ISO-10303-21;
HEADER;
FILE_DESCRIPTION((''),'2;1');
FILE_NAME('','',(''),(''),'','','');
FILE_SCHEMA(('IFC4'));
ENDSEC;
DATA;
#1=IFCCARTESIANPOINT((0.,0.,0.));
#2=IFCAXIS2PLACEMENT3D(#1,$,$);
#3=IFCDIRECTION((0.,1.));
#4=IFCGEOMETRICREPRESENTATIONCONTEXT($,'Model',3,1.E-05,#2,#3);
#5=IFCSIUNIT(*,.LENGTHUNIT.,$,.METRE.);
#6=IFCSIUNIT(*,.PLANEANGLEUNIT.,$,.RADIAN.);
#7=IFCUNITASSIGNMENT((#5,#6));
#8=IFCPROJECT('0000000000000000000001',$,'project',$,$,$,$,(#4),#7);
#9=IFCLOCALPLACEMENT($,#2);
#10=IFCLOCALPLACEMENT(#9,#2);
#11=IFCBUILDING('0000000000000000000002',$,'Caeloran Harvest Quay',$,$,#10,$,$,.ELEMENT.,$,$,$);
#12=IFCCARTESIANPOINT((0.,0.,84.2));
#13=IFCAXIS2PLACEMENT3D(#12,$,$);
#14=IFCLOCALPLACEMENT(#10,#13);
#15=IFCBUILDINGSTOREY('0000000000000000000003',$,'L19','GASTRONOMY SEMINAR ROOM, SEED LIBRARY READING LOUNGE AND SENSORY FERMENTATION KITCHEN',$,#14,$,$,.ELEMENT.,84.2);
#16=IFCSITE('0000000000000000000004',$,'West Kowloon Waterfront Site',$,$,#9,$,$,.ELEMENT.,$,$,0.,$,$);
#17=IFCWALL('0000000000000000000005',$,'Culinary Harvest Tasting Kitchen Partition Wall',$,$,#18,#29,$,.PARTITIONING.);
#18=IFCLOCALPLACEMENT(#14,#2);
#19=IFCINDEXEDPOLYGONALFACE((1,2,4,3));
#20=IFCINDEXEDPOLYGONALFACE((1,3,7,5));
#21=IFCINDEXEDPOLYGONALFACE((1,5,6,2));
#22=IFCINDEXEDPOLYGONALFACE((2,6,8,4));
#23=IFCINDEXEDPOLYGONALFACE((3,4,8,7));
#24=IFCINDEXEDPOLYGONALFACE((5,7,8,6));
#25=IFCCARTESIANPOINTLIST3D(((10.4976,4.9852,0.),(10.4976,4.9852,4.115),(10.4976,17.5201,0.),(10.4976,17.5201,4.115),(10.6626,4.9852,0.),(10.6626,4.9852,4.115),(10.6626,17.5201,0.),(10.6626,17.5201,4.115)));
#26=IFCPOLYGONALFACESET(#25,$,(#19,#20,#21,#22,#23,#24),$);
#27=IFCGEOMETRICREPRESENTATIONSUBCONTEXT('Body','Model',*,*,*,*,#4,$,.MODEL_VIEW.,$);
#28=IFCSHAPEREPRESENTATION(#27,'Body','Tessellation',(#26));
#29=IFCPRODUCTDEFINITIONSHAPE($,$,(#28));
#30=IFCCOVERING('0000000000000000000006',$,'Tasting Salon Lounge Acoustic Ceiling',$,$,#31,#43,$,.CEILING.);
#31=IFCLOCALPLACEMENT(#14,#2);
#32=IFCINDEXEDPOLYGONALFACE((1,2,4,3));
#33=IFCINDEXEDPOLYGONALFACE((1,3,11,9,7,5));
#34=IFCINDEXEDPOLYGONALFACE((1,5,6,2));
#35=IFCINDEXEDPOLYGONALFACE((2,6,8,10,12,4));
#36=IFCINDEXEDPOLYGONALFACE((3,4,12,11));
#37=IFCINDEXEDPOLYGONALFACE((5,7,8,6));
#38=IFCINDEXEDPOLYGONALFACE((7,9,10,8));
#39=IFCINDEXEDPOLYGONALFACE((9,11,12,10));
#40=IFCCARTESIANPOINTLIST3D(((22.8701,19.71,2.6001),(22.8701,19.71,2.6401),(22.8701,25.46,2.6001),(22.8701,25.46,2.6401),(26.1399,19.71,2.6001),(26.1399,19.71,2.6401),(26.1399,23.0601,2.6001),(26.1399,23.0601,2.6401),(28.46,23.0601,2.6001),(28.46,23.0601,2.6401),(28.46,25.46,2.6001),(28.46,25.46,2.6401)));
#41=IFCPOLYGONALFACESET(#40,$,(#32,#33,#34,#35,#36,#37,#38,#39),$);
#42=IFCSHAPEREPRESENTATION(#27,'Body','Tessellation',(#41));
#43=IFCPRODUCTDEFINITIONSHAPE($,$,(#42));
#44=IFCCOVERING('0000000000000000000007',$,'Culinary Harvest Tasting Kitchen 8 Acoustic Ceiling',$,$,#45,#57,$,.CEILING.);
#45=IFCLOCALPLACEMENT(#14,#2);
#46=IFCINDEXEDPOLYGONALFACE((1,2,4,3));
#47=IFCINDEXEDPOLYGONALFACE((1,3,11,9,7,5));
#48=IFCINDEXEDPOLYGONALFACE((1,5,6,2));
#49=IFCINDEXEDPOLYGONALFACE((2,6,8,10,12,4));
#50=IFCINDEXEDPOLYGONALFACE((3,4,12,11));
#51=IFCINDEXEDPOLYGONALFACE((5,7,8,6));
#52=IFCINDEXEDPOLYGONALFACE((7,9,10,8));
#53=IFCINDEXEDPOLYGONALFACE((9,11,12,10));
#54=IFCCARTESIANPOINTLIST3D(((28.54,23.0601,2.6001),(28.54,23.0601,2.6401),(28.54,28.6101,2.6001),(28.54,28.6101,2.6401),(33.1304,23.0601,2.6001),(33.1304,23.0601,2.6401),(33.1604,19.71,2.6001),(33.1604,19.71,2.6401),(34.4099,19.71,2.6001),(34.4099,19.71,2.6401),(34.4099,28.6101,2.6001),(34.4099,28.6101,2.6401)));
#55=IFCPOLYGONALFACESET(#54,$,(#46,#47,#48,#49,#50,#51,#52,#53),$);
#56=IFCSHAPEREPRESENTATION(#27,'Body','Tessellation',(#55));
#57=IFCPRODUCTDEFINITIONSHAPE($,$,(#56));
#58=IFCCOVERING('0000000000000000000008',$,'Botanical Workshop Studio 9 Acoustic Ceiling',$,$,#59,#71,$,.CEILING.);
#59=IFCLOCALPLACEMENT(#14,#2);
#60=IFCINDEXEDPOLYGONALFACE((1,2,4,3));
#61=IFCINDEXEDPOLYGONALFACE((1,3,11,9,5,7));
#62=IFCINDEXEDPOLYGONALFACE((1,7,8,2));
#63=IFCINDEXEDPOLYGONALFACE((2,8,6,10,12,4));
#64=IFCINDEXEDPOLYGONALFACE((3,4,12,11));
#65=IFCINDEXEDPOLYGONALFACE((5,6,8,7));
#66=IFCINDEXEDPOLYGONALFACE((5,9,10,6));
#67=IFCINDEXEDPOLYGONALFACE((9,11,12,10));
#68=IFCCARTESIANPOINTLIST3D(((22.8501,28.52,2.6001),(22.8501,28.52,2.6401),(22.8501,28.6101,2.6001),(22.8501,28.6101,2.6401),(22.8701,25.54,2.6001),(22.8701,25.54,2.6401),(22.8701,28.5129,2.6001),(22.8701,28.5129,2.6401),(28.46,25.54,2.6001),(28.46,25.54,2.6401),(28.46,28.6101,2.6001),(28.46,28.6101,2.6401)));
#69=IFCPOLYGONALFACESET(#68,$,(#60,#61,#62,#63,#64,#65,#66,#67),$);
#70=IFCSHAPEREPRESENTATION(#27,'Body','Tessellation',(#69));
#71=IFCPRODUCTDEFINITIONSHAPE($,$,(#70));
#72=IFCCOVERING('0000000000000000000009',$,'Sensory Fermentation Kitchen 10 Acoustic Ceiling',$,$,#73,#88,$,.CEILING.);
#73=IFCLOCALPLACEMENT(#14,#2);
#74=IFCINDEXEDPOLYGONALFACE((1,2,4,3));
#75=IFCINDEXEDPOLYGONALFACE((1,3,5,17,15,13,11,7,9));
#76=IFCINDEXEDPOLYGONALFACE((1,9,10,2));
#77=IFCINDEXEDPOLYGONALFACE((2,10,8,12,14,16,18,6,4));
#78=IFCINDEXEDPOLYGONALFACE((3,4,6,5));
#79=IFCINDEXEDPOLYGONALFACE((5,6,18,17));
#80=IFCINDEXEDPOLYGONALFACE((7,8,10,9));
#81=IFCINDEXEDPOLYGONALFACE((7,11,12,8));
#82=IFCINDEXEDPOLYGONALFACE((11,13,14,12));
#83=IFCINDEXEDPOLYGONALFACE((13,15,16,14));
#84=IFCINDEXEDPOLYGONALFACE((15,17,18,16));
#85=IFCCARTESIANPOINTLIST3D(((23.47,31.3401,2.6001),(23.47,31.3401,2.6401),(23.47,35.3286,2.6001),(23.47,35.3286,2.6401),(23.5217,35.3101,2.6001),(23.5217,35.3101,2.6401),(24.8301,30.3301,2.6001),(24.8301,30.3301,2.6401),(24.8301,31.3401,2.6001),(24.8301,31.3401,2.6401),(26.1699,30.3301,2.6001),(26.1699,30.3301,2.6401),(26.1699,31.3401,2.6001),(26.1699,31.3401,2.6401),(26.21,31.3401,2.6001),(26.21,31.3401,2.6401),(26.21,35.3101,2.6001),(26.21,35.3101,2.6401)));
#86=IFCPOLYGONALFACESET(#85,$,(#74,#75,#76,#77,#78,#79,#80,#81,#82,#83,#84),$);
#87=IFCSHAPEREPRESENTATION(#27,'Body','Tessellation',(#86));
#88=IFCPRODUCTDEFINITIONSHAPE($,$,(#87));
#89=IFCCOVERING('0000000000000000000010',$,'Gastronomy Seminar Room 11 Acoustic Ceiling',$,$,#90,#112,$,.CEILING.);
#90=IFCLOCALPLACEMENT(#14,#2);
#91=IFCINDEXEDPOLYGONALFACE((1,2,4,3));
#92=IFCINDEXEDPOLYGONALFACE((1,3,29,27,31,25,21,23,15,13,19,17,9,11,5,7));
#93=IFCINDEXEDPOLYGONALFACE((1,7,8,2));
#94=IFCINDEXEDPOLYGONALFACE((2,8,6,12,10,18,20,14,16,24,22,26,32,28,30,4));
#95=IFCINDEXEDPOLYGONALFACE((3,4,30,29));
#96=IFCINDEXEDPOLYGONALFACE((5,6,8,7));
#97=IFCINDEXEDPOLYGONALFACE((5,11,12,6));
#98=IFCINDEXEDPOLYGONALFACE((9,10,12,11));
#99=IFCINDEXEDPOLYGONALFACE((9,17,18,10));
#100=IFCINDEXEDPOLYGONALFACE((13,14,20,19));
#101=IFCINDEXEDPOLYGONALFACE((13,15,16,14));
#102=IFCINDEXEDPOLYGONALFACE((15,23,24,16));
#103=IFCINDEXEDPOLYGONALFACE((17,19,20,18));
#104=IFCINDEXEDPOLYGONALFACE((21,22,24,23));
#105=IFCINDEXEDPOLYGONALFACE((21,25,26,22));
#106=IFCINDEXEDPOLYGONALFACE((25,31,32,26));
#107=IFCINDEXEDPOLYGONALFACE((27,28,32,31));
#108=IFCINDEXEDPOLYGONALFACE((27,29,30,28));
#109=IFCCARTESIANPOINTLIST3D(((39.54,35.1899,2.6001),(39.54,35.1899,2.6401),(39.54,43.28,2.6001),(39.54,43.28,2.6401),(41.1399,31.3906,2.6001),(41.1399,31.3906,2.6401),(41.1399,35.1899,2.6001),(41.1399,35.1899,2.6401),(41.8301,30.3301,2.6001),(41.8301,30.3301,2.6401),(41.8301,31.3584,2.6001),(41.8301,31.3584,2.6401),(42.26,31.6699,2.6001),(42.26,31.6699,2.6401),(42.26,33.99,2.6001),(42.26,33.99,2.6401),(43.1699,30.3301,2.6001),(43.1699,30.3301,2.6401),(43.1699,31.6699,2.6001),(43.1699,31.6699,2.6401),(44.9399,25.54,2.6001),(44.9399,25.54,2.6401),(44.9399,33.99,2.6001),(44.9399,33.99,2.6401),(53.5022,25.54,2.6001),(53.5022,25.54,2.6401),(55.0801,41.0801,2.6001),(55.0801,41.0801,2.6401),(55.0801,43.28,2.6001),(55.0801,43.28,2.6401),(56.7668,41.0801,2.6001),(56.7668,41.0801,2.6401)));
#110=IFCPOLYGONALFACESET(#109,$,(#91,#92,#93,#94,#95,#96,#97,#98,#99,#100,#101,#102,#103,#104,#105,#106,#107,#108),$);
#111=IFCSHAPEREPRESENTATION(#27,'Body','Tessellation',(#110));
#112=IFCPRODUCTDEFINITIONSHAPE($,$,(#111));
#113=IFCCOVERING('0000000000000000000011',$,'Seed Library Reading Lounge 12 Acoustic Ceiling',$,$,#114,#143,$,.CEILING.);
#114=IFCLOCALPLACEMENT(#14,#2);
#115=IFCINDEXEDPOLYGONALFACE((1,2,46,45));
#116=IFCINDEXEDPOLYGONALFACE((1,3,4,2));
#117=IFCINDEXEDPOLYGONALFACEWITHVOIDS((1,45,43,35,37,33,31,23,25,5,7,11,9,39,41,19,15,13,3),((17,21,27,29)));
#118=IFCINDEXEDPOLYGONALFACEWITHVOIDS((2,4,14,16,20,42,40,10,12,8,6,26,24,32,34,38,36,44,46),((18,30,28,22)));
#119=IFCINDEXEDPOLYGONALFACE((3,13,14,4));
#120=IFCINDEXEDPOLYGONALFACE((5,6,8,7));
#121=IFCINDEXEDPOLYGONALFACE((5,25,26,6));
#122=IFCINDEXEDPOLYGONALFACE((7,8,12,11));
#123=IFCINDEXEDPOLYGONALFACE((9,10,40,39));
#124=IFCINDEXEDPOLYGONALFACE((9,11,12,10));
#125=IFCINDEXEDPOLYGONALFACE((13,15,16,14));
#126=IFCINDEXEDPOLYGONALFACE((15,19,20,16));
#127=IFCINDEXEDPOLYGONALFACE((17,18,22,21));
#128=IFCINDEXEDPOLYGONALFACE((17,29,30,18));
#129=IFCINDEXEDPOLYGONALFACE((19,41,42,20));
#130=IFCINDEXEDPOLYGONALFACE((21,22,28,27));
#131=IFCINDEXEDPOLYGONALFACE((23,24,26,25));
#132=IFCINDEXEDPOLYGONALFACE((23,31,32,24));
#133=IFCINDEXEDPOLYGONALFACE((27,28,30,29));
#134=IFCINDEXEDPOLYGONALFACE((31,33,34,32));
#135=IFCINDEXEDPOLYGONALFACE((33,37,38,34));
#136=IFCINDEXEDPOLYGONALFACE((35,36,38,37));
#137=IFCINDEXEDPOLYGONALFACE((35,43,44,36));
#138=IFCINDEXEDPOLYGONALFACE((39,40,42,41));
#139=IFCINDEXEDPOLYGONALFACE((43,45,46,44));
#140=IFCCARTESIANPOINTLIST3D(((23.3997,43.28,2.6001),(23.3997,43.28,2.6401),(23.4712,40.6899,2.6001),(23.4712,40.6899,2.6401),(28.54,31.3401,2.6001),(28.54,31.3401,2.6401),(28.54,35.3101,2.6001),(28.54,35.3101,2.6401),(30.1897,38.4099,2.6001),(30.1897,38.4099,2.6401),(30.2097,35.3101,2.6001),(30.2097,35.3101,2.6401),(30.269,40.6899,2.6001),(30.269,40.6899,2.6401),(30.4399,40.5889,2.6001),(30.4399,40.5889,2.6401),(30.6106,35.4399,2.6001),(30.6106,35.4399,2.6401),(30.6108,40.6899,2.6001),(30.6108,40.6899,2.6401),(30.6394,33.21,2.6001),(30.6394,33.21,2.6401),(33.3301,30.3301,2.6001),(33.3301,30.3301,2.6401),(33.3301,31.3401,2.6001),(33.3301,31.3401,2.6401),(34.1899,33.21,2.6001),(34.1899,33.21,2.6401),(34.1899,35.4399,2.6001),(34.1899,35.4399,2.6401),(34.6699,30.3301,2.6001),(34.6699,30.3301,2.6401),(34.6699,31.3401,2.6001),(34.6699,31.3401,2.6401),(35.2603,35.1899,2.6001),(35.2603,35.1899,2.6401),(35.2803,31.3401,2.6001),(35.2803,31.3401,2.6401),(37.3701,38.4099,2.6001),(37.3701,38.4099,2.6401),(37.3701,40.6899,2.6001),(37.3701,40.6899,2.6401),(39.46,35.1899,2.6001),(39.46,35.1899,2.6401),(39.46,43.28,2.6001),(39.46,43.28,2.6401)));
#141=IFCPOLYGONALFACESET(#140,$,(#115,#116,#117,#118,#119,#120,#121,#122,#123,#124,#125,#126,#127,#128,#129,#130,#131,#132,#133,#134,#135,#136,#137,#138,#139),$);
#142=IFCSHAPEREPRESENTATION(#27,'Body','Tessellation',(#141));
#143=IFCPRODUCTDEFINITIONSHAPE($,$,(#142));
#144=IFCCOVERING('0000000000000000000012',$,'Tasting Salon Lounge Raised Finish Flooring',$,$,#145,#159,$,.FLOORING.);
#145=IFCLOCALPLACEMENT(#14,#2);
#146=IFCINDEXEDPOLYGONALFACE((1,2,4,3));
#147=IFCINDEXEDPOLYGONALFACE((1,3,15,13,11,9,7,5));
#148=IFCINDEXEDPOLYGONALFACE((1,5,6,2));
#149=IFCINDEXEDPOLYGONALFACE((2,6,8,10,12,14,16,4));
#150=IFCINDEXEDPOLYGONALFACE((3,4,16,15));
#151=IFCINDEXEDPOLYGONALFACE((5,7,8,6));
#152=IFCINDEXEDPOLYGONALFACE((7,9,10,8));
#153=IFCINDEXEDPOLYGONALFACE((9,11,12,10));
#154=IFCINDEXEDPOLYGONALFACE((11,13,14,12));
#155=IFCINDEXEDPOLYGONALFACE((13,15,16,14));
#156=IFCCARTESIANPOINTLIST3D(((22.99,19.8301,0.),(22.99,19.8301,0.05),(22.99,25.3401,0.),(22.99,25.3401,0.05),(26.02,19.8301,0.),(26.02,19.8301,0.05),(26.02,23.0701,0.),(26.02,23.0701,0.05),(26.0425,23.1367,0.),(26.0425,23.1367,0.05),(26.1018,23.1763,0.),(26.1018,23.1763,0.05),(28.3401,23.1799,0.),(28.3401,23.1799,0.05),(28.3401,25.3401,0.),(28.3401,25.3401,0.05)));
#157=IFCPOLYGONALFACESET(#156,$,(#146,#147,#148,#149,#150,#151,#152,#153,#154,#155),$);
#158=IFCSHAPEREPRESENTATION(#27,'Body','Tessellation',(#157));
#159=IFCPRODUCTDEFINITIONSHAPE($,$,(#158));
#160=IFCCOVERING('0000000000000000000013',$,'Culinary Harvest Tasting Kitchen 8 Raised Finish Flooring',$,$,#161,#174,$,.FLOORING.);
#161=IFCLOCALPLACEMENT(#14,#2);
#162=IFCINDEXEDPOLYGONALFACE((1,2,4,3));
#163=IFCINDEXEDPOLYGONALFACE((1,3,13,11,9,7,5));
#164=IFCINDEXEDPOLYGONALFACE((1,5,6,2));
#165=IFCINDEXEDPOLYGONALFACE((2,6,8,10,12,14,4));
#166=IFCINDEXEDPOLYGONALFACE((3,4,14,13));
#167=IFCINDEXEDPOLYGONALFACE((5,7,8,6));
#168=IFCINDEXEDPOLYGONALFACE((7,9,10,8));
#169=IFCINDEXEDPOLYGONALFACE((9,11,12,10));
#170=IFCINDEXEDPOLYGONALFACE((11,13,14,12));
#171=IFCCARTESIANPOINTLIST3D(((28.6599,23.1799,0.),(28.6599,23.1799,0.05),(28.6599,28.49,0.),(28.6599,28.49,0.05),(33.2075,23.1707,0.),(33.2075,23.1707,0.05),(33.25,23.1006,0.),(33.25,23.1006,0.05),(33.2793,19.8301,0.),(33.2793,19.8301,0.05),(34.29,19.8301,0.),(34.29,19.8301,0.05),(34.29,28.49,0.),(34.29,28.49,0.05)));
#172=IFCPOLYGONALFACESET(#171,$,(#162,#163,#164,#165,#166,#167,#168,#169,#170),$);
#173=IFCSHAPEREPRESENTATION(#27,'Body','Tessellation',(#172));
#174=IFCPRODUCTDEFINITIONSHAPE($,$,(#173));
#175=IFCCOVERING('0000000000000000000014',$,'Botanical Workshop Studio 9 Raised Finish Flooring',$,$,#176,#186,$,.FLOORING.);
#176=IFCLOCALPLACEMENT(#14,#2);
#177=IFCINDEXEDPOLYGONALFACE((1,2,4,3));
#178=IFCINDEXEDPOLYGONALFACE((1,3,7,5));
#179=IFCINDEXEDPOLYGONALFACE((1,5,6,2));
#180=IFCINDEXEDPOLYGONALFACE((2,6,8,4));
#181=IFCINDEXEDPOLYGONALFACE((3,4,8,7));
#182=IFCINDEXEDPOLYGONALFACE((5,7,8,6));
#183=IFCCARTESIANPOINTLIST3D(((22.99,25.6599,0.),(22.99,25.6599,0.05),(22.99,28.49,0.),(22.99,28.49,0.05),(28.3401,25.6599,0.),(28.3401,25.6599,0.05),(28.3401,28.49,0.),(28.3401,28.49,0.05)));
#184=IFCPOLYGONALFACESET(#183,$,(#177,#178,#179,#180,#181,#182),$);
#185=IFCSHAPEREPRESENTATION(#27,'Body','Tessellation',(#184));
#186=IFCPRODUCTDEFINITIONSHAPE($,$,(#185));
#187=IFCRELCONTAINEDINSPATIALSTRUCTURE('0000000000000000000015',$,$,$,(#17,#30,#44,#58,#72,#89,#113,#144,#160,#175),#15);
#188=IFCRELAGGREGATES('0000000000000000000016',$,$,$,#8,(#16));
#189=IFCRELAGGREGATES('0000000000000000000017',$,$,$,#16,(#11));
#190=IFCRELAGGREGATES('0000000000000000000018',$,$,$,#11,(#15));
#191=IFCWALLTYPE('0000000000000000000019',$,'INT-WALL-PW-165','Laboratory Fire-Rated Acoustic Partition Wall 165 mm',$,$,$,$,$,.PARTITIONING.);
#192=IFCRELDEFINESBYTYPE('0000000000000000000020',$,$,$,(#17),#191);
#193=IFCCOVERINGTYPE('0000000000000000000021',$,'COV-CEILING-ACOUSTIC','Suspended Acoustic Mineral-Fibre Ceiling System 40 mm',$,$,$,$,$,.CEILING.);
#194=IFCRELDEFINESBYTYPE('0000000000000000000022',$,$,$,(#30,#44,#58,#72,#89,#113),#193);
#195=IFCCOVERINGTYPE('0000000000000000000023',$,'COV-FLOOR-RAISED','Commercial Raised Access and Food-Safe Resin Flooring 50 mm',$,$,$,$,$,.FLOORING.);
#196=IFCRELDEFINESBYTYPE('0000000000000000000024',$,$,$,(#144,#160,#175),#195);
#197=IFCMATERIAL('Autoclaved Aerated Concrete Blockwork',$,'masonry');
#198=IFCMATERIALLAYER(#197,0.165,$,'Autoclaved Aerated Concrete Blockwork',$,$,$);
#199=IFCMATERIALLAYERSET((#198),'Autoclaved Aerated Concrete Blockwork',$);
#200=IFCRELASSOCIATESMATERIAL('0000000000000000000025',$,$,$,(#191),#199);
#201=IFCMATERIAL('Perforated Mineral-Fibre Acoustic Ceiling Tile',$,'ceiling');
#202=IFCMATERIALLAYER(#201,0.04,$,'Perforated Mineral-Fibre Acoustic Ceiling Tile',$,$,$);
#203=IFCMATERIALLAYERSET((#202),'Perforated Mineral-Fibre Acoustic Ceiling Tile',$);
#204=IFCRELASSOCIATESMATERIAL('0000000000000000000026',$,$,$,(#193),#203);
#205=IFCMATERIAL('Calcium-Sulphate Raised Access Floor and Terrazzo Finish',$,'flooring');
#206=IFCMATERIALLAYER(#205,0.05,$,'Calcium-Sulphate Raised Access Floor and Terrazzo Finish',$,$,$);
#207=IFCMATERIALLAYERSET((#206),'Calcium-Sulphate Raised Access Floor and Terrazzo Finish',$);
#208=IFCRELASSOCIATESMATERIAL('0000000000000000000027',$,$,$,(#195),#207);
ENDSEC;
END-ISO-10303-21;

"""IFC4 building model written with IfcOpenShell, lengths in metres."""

from ifc_helpers import new_model, si_unit, direction, frame, frame_2d, origin, place, context, subcontext, project, spatial, polyline, rectangle, outline, extrude, material, layer, layer_set, type_object, element, save


model = new_model("IFC4")

# Units and contexts
model_context = context("Model", 3, precision=1e-05, world=origin(), true_north=direction((0.0, 1.0)))
body_context = subcontext(model_context, "Body", "Model", "MODEL_VIEW")
ifc_project = project(units=[si_unit("LENGTHUNIT", "METRE"), si_unit("PLANEANGLEUNIT", "RADIAN")], contexts=[model_context])

# Site, building, storey
site_placement = place(None, origin())
site = spatial("IfcSite", under=ifc_project, at=site_placement, Name="West Kowloon Waterfront Site", CompositionType="ELEMENT", RefElevation=0.0)
building_placement = place(site_placement, origin())
building = spatial("IfcBuilding", under=site, at=building_placement, Name="Caeloran Harvest Quay", CompositionType="ELEMENT")
storey_placement = place(building_placement, frame((0.0, 0.0, 84.2)))
storey = spatial("IfcBuildingStorey", under=building, at=storey_placement, Name="L19", Description="GASTRONOMY SEMINAR ROOM, SEED LIBRARY READING LOUNGE AND SENSORY FERMENTATION KITCHEN", CompositionType="ELEMENT", Elevation=84.2)

# Wall
ifc_material_1 = material(Name="Autoclaved Aerated Concrete Blockwork", Category="masonry")
ifc_layer_1 = layer(ifc_material_1, 0.165, Name="Autoclaved Aerated Concrete Blockwork")
ifc_layer_set_1 = layer_set([ifc_layer_1], Name="Autoclaved Aerated Concrete Blockwork")
wall_type_1 = type_object("IfcWallType", Name="INT-WALL-PW-165", Description="Laboratory Fire-Rated Acoustic Partition Wall 165 mm", PredefinedType="PARTITIONING", material=ifc_layer_set_1)
wall_1_placement = place(storey_placement, frame((10.5801, 4.9851, 0.0), z_axis=(0.0, 0.0, 1.0), x_axis=(0.0, 1.0, 0.0)))
element("IfcWall", 1, at=wall_1_placement, inside=storey, type_object=wall_type_1, Name="Culinary Harvest Tasting Kitchen Partition Wall", PredefinedType="PARTITIONING", context=body_context, shape_type="SweptSolid", body=[
    extrude(rectangle(XDim=12.5349, YDim=0.165, at=frame_2d((6.2676, 0.0))), origin(), (0.0, 0.0, 1.0), 4.115),
])

# Coverings
ifc_material_2 = material(Name="Perforated Mineral-Fibre Acoustic Ceiling Tile", Category="ceiling")
ifc_layer_2 = layer(ifc_material_2, 0.04, Name="Perforated Mineral-Fibre Acoustic Ceiling Tile")
ifc_layer_set_2 = layer_set([ifc_layer_2], Name="Perforated Mineral-Fibre Acoustic Ceiling Tile")
covering_type_1 = type_object("IfcCoveringType", Name="COV-CEILING-ACOUSTIC", Description="Suspended Acoustic Mineral-Fibre Ceiling System 40 mm", PredefinedType="CEILING", material=ifc_layer_set_2)
covering_1_placement = place(storey_placement, frame((0.0, 0.0, 2.6001)))
element("IfcCovering", 2, at=covering_1_placement, inside=storey, type_object=covering_type_1, Name="Tasting Salon Lounge Acoustic Ceiling", PredefinedType="CEILING", context=body_context, shape_type="SweptSolid", body=[
    extrude(outline(polyline([(26.1399, 23.0601), (26.1399, 19.71), (22.8701, 19.71), (22.8701, 25.46), (28.46, 25.46), (28.46, 23.0601), (26.1399, 23.0601)])), origin(), (0.0, 0.0, 1.0), 0.04),
])
covering_2_placement = place(storey_placement, frame((0.0, 0.0, 2.6001)))
element("IfcCovering", 3, at=covering_2_placement, inside=storey, type_object=covering_type_1, Name="Culinary Harvest Tasting Kitchen 8 Acoustic Ceiling", PredefinedType="CEILING", context=body_context, shape_type="SweptSolid", body=[
    extrude(outline(polyline([(28.54, 28.6101), (34.4099, 28.6101), (34.4099, 19.71), (33.1604, 19.71), (33.1304, 23.0601), (28.54, 23.0601), (28.54, 28.6101)])), origin(), (0.0, 0.0, 1.0), 0.04),
])
covering_3_placement = place(storey_placement, frame((0.0, 0.0, 2.6001)))
element("IfcCovering", 4, at=covering_3_placement, inside=storey, type_object=covering_type_1, Name="Botanical Workshop Studio 9 Acoustic Ceiling", PredefinedType="CEILING", context=body_context, shape_type="SweptSolid", body=[
    extrude(outline(polyline([(22.8701, 28.5129), (22.8501, 28.52), (22.8501, 28.6101), (28.46, 28.6101), (28.46, 25.54), (22.8701, 25.54), (22.8701, 28.5129)])), origin(), (0.0, 0.0, 1.0), 0.04),
])
covering_4_placement = place(storey_placement, frame((0.0, 0.0, 2.6001)))
element("IfcCovering", 5, at=covering_4_placement, inside=storey, type_object=covering_type_1, Name="Sensory Fermentation Kitchen 10 Acoustic Ceiling", PredefinedType="CEILING", context=body_context, shape_type="SweptSolid", body=[
    extrude(outline(polyline([(26.1699, 30.3301), (24.8301, 30.3301), (24.8301, 31.3401), (23.47, 31.3401), (23.47, 35.3286), (23.5217, 35.3101), (26.21, 35.3101), (26.21, 31.3401), (26.1699, 31.3401), (26.1699, 30.3301)])), origin(), (0.0, 0.0, 1.0), 0.04),
])
covering_5_placement = place(storey_placement, frame((0.0, 0.0, 2.6001)))
element("IfcCovering", 6, at=covering_5_placement, inside=storey, type_object=covering_type_1, Name="Gastronomy Seminar Room 11 Acoustic Ceiling", PredefinedType="CEILING", context=body_context, shape_type="SweptSolid", body=[
    extrude(outline(polyline([(41.8301, 31.3584), (41.1399, 31.3906), (41.1399, 35.1899), (39.54, 35.1899), (39.54, 43.28), (55.0801, 43.28), (55.0801, 41.0801), (56.7668, 41.0801), (53.5022, 25.54), (44.9399, 25.54), (44.9399, 33.99), (42.26, 33.99), (42.26, 31.6699), (43.1699, 31.6699), (43.1699, 30.3301), (41.8301, 30.3301), (41.8301, 31.3584)])), origin(), (0.0, 0.0, 1.0), 0.04),
])
covering_6_placement = place(storey_placement, frame((0.0, 0.0, 2.6001)))
element("IfcCovering", 7, at=covering_6_placement, inside=storey, type_object=covering_type_1, Name="Seed Library Reading Lounge 12 Acoustic Ceiling", PredefinedType="CEILING", context=body_context, shape_type="SweptSolid", body=[
    extrude(outline(polyline([(34.6699, 30.3301), (33.3301, 30.3301), (33.3301, 31.3401), (28.54, 31.3401), (28.54, 35.3101), (30.2097, 35.3101), (30.1897, 38.4099), (37.3701, 38.4099), (37.3701, 40.6899), (30.6108, 40.6899), (30.4399, 40.5889), (30.269, 40.6899), (23.4712, 40.6899), (23.3997, 43.28), (39.46, 43.28), (39.46, 35.1899), (35.2603, 35.1899), (35.2803, 31.3401), (34.6699, 31.3401), (34.6699, 30.3301)]), holes=[polyline([(30.6106, 35.4399), (30.6394, 33.21), (34.1899, 33.21), (34.1899, 35.4399), (30.6106, 35.4399)])]), origin(), (0.0, 0.0, 1.0), 0.04),
])
ifc_material_3 = material(Name="Calcium-Sulphate Raised Access Floor and Terrazzo Finish", Category="flooring")
ifc_layer_3 = layer(ifc_material_3, 0.05, Name="Calcium-Sulphate Raised Access Floor and Terrazzo Finish")
ifc_layer_set_3 = layer_set([ifc_layer_3], Name="Calcium-Sulphate Raised Access Floor and Terrazzo Finish")
covering_type_2 = type_object("IfcCoveringType", Name="COV-FLOOR-RAISED", Description="Commercial Raised Access and Food-Safe Resin Flooring 50 mm", PredefinedType="FLOORING", material=ifc_layer_set_3)
covering_7_placement = place(storey_placement, origin())
element("IfcCovering", 8, at=covering_7_placement, inside=storey, type_object=covering_type_2, Name="Tasting Salon Lounge Raised Finish Flooring", PredefinedType="FLOORING", context=body_context, shape_type="SweptSolid", body=[
    extrude(outline(polyline([(26.1018, 23.1763), (26.0425, 23.1367), (26.02, 23.0701), (26.02, 19.8301), (22.99, 19.8301), (22.99, 25.3401), (28.3401, 25.3401), (28.3401, 23.1799), (26.1018, 23.1763)])), origin(), (0.0, 0.0, 1.0), 0.05),
])
covering_8_placement = place(storey_placement, origin())
element("IfcCovering", 9, at=covering_8_placement, inside=storey, type_object=covering_type_2, Name="Culinary Harvest Tasting Kitchen 8 Raised Finish Flooring", PredefinedType="FLOORING", context=body_context, shape_type="SweptSolid", body=[
    extrude(outline(polyline([(28.6599, 28.49), (34.29, 28.49), (34.29, 19.8301), (33.2793, 19.8301), (33.25, 23.1006), (33.2075, 23.1707), (28.6599, 23.1799), (28.6599, 28.49)])), origin(), (0.0, 0.0, 1.0), 0.05),
])
covering_9_placement = place(storey_placement, origin())
element("IfcCovering", 10, at=covering_9_placement, inside=storey, type_object=covering_type_2, Name="Botanical Workshop Studio 9 Raised Finish Flooring", PredefinedType="FLOORING", context=body_context, shape_type="SweptSolid", body=[
    extrude(outline(polyline([(22.99, 28.49), (28.3401, 28.49), (28.3401, 25.6599), (22.99, 25.6599), (22.99, 28.49)])), origin(), (0.0, 0.0, 1.0), 0.05),
])

save(model, "model.ifc")
